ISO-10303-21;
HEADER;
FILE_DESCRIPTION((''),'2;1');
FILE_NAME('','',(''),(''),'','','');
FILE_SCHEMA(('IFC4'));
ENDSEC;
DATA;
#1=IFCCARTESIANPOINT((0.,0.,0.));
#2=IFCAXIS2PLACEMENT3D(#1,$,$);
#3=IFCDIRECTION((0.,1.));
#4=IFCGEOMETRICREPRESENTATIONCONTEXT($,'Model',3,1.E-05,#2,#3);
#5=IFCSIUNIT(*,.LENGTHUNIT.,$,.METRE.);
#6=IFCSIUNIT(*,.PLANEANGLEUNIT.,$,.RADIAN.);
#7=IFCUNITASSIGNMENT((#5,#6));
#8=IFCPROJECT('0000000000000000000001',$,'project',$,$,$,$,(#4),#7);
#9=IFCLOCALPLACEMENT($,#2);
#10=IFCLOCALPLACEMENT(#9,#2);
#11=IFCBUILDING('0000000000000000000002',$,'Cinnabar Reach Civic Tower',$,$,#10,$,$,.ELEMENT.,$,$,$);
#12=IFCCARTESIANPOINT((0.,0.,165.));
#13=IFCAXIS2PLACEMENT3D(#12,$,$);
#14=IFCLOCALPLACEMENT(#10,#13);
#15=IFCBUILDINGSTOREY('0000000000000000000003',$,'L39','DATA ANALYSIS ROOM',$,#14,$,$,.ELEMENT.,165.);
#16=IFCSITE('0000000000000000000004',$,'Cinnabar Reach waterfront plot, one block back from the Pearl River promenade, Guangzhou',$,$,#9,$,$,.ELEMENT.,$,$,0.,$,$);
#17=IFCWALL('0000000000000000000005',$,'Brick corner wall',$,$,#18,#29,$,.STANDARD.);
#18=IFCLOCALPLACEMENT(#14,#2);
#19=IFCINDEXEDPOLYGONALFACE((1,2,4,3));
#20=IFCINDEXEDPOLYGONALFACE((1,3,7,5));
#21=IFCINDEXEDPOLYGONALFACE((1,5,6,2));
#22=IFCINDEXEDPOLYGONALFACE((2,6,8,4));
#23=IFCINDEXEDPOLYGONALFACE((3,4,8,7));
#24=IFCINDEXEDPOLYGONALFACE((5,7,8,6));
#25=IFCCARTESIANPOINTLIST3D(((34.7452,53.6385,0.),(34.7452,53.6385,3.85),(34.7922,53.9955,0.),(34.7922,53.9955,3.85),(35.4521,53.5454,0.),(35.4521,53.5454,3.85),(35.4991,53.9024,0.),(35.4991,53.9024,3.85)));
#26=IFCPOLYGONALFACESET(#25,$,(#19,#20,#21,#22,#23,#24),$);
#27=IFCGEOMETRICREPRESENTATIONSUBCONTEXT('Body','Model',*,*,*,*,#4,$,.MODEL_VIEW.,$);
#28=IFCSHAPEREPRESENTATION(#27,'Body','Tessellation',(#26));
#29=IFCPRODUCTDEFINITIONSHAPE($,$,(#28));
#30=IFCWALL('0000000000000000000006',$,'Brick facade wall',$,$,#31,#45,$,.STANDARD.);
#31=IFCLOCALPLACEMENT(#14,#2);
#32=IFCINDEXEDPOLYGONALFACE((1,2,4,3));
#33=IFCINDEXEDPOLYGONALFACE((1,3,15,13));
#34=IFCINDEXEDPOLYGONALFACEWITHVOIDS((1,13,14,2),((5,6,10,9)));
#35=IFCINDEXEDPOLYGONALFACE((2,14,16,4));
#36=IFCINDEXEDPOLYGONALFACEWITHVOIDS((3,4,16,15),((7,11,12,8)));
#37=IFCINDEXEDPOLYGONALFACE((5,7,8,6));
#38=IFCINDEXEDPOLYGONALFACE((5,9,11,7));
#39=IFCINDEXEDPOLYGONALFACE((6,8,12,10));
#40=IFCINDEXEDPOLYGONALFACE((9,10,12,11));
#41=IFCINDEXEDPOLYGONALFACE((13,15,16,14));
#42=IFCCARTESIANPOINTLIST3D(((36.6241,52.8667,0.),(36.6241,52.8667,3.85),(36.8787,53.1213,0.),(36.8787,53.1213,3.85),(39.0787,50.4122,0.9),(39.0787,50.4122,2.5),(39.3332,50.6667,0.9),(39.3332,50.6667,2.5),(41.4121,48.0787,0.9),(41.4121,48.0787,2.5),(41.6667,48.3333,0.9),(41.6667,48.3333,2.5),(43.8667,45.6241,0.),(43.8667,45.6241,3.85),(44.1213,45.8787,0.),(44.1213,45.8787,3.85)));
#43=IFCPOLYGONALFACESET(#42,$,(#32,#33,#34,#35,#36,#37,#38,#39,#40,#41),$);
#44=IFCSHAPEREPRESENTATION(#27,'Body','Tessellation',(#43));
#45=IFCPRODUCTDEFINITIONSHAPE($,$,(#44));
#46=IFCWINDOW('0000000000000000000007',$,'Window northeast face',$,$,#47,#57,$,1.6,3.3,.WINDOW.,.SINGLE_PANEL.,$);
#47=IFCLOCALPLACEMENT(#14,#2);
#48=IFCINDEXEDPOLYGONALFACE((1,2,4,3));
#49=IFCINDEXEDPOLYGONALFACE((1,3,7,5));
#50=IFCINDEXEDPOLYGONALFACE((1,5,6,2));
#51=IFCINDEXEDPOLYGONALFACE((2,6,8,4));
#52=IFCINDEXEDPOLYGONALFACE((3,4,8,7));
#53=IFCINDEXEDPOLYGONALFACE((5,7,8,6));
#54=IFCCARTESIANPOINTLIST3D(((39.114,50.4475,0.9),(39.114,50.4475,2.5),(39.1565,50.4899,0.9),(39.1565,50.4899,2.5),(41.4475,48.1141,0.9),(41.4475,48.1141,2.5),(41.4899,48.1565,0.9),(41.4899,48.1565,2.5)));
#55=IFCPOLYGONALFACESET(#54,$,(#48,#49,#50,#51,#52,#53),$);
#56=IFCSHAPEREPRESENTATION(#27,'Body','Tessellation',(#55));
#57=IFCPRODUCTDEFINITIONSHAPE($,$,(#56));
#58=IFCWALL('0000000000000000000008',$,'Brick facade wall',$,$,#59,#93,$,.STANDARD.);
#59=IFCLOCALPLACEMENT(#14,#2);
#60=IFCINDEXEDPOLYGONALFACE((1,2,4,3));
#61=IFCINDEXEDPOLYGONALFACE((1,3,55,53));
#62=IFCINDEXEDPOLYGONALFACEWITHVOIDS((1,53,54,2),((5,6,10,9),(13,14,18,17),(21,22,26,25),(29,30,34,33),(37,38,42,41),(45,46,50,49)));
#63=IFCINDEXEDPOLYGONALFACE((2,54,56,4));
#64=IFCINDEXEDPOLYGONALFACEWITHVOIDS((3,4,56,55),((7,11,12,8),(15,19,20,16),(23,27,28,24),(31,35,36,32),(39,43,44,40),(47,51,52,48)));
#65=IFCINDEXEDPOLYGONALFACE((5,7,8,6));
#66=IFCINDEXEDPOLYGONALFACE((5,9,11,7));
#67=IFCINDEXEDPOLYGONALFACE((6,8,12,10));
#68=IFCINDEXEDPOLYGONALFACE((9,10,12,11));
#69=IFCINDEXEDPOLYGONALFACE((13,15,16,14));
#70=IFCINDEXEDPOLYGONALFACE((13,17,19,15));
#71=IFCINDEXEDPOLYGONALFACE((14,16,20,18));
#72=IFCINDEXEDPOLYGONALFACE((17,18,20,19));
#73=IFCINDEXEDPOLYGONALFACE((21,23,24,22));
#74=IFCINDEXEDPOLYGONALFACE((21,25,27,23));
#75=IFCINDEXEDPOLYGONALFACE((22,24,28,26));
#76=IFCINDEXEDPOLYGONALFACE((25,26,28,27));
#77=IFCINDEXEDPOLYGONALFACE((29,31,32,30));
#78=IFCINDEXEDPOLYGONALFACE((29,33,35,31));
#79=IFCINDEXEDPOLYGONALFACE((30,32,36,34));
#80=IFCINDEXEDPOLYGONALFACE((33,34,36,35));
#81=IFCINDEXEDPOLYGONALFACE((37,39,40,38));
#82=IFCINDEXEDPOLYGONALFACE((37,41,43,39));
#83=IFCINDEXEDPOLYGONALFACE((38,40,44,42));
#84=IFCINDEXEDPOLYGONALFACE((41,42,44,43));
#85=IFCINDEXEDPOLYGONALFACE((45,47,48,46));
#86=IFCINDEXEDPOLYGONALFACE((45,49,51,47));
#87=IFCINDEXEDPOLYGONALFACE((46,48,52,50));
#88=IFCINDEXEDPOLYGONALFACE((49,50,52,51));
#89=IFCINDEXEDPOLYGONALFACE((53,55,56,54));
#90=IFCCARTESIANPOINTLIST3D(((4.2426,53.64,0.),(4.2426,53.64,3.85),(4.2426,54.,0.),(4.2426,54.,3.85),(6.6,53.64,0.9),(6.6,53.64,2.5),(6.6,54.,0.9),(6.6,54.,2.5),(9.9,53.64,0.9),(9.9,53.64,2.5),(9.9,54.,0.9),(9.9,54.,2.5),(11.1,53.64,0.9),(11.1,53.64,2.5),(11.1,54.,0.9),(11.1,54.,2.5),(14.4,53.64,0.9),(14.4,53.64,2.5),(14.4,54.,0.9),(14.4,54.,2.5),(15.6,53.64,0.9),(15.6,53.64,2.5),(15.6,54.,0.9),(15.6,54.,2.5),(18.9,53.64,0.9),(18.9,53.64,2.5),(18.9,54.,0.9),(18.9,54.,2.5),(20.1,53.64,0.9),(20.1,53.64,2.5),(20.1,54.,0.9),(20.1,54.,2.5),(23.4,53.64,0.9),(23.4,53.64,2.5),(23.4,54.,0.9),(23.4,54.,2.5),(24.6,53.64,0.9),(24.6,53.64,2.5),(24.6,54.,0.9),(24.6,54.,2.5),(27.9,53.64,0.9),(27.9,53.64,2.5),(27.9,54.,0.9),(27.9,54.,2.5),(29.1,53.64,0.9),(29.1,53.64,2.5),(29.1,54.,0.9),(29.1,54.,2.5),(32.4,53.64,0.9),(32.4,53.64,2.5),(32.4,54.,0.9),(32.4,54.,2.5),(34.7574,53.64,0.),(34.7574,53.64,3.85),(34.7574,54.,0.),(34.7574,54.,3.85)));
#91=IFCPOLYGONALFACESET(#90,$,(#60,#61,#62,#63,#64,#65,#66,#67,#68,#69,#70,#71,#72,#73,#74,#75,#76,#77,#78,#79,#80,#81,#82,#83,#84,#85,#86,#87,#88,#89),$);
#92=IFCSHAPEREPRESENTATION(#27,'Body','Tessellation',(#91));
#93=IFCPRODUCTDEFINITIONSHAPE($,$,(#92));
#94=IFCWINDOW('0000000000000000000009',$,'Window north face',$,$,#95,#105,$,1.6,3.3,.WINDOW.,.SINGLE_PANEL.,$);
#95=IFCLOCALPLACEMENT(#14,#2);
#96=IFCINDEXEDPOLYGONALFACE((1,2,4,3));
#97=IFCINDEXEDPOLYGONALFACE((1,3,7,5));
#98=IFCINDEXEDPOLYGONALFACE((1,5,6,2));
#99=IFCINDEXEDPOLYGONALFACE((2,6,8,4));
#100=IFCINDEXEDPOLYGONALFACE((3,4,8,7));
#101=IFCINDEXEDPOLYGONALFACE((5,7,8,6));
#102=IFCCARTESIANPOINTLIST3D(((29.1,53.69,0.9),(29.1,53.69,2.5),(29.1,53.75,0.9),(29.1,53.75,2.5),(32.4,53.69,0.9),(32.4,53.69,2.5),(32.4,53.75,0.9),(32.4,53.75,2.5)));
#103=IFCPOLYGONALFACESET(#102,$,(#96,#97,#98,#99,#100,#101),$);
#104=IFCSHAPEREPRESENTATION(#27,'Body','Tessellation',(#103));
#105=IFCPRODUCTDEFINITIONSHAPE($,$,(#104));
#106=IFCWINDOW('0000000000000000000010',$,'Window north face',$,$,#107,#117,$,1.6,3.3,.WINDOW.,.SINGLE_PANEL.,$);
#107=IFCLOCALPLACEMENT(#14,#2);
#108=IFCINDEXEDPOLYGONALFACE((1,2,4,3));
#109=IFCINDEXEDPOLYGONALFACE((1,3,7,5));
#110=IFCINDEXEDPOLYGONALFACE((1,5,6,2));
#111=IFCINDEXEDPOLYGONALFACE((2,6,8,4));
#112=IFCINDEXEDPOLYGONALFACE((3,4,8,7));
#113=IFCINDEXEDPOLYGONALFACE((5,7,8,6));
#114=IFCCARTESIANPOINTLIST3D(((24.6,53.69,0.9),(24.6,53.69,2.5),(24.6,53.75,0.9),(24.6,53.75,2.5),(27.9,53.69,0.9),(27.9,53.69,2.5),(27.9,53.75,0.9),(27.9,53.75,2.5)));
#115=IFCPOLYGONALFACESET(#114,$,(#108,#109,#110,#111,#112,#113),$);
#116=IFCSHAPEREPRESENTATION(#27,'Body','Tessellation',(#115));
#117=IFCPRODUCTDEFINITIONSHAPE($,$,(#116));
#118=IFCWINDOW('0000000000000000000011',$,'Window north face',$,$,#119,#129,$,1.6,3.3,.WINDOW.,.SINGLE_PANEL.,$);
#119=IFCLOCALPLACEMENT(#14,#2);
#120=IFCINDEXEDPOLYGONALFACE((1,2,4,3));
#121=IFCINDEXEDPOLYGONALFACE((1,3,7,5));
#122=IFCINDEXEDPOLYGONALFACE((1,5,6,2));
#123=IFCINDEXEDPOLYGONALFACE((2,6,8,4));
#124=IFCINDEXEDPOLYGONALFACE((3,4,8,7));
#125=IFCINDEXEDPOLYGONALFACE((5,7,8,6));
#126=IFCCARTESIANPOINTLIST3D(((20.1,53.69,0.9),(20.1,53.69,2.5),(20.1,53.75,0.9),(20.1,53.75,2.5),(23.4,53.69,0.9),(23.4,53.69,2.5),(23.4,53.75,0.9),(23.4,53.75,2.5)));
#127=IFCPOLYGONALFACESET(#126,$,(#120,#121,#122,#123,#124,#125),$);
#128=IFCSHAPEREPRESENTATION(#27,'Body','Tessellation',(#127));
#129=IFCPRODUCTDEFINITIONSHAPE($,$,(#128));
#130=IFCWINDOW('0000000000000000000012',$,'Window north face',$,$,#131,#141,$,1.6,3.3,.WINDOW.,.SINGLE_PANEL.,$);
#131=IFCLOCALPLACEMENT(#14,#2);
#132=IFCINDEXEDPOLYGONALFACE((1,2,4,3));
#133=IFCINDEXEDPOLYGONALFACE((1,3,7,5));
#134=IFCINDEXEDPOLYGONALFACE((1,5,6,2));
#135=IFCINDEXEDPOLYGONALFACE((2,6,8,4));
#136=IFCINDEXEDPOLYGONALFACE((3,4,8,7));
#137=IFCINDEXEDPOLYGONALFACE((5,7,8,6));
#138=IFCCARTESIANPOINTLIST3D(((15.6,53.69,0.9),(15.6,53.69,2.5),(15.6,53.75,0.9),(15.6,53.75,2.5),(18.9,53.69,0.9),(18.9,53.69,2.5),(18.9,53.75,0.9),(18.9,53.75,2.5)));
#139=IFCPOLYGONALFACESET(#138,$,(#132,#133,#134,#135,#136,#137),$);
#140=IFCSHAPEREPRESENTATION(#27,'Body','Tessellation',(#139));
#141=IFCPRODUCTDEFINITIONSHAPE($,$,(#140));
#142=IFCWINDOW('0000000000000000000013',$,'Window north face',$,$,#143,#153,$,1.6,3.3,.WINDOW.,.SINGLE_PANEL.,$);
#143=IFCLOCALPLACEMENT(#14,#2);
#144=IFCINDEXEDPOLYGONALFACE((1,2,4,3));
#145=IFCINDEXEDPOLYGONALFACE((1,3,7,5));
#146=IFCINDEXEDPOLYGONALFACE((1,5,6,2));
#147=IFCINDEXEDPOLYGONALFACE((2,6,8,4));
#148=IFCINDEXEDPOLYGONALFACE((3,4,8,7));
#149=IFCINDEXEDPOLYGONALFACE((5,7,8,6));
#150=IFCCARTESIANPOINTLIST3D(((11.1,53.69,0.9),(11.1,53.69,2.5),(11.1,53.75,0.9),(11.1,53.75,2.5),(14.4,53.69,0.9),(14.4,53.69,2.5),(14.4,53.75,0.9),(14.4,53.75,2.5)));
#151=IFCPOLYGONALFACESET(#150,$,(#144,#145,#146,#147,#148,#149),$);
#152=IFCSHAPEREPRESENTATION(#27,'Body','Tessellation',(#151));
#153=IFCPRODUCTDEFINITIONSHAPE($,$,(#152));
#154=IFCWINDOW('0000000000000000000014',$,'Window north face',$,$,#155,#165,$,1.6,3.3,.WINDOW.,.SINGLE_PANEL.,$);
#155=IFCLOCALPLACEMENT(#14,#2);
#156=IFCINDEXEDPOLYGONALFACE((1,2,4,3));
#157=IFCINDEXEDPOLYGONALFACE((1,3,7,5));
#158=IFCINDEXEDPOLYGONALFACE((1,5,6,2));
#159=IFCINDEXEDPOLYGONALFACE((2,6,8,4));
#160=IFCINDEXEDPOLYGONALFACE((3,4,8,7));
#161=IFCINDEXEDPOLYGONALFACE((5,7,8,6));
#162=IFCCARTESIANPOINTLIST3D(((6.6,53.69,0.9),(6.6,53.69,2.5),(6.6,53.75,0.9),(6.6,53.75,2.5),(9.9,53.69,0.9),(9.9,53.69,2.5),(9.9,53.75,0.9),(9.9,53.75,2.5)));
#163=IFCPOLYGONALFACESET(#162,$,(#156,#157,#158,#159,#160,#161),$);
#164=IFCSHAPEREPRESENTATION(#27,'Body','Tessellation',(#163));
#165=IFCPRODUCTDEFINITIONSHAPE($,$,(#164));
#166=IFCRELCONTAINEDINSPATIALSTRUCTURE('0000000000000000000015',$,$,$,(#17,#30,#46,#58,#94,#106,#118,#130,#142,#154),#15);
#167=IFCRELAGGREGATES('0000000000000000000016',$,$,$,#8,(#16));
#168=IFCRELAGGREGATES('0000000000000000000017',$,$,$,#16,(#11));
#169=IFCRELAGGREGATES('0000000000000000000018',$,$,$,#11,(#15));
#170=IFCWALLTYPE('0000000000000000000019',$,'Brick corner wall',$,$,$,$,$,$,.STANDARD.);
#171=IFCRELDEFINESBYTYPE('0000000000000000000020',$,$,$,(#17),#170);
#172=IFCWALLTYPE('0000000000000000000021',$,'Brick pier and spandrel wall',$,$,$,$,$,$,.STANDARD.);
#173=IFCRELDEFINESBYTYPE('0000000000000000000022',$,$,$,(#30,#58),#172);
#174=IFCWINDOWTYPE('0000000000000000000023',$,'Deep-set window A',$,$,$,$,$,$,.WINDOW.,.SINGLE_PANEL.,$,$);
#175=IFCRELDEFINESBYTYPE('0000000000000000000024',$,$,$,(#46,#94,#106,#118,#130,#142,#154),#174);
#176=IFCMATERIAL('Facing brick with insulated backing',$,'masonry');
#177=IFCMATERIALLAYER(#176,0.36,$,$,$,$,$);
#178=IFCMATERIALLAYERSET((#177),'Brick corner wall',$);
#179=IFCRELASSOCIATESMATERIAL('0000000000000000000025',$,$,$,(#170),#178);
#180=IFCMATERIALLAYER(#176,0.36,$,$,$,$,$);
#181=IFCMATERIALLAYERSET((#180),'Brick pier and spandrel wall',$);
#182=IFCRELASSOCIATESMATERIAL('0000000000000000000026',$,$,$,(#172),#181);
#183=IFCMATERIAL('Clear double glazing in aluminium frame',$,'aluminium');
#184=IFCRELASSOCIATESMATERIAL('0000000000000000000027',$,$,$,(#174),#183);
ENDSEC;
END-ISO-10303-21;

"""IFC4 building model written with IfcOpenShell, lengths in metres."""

from ifc_helpers import new_model, si_unit, direction, frame, frame_2d, origin, place, context, subcontext, project, spatial, rectangle, extrude, material, layer, layer_set, type_object, element, fill, save


model = new_model("IFC4")

# Units and contexts
model_context = context("Model", 3, precision=1e-05, world=origin(), true_north=direction((0.0, 1.0)))
body_context = subcontext(model_context, "Body", "Model", "MODEL_VIEW")
ifc_project = project(units=[si_unit("LENGTHUNIT", "METRE"), si_unit("PLANEANGLEUNIT", "RADIAN")], contexts=[model_context])

# Site, building, storey
site_placement = place(None, origin())
site = spatial("IfcSite", under=ifc_project, at=site_placement, Name="Cinnabar Reach waterfront plot, one block back from the Pearl River promenade, Guangzhou", CompositionType="ELEMENT", RefElevation=0.0)
building_placement = place(site_placement, origin())
building = spatial("IfcBuilding", under=site, at=building_placement, Name="Cinnabar Reach Civic Tower", CompositionType="ELEMENT")
storey_placement = place(building_placement, frame((0.0, 0.0, 165.0)))
storey = spatial("IfcBuildingStorey", under=building, at=storey_placement, Name="L39", Description="DATA ANALYSIS ROOM", CompositionType="ELEMENT", Elevation=165.0)

# Wall
ifc_material_1 = material(Name="Facing brick with insulated backing", Category="masonry")
ifc_layer_1 = layer(ifc_material_1, 0.36)
ifc_layer_set_1 = layer_set([ifc_layer_1], Name="Brick corner wall")
wall_type_1 = type_object("IfcWallType", Name="Brick corner wall", PredefinedType="STANDARD", material=ifc_layer_set_1)
for number, where, z_axis, x_axis, name in (
    (1, (35.4756, 53.7239, 0.0), (0.0, 0.0, 1.0), (-0.991441, 0.130556, 0.0), "Brick corner wall"),
):
    element("IfcWall", number, at=place(storey_placement, frame(where, z_axis=z_axis, x_axis=x_axis)), inside=storey, type_object=wall_type_1, Name=name, PredefinedType="STANDARD", context=body_context, shape_type="SweptSolid", body=[
        extrude(rectangle(XDim=0.7131, YDim=0.36, at=frame_2d((0.3565, 0.0))), origin(), (0.0, 0.0, 1.0), 3.85),
    ])

# Wall, opening, window
ifc_layer_2 = layer(ifc_material_1, 0.36)
ifc_layer_set_2 = layer_set([ifc_layer_2], Name="Brick pier and spandrel wall")
wall_type_2 = type_object("IfcWallType", Name="Brick pier and spandrel wall", PredefinedType="STANDARD", material=ifc_layer_set_2)
wall_1_placement = place(storey_placement, frame((43.994, 45.7514, 0.0), z_axis=(0.0, 0.0, 1.0), x_axis=(-0.707107, 0.707107, 0.0)))
wall_1 = element("IfcWall", 2, at=wall_1_placement, inside=storey, type_object=wall_type_2, Name="Brick facade wall", PredefinedType="STANDARD", context=body_context, shape_type="SweptSolid", body=[
    extrude(rectangle(XDim=10.2426, YDim=0.36, at=frame_2d((5.1213, 0.0))), origin(), (0.0, 0.0, 1.0), 3.85),
])
opening_1_placement = place(wall_1_placement, frame((3.4713, 0.0, 0.9)))
opening_1 = element("IfcOpeningElement", 3, at=opening_1_placement, cuts=wall_1, PredefinedType="OPENING", context=body_context, shape_type="SweptSolid", body=[
    extrude(rectangle(XDim=3.3, YDim=1.6, at=frame_2d((1.65, 0.8))), frame((0.0, 0.19, 0.0), z_axis=(0.0, -1.0, 0.0), x_axis=(1.0, 0.0, 0.0)), (0.0, 0.0, 1.0), 0.38),
])
ifc_material_2 = material(Name="Clear double glazing in aluminium frame", Category="aluminium")
window_type = type_object("IfcWindowType", Name="Deep-set window A", PartitioningType="SINGLE_PANEL", PredefinedType="WINDOW", material=ifc_material_2)
window_1_placement = place(opening_1_placement, origin())
window_1 = element("IfcWindow", 4, at=window_1_placement, inside=storey, type_object=window_type, Name="Window northeast face", OverallHeight=1.6, OverallWidth=3.3, PartitioningType="SINGLE_PANEL", PredefinedType="WINDOW", context=body_context, shape_type="SweptSolid", body=[
    extrude(rectangle(XDim=3.3, YDim=1.6, at=frame_2d((1.65, 0.8))), frame((0.0, 0.13, 0.0), z_axis=(0.0, -1.0, 0.0), x_axis=(1.0, 0.0, 0.0)), (0.0, 0.0, 1.0), 0.06),
])
fill(opening_1, window_1)

# Wall, openings, windows
wall_2_placement = place(storey_placement, frame((34.7574, 53.82, 0.0), z_axis=(0.0, 0.0, 1.0), x_axis=(-1.0, 0.0, 0.0)))
wall_2 = element("IfcWall", 5, at=wall_2_placement, inside=storey, type_object=wall_type_2, Name="Brick facade wall", PredefinedType="STANDARD", context=body_context, shape_type="SweptSolid", body=[
    extrude(rectangle(XDim=30.5148, YDim=0.36, at=frame_2d((15.2574, 0.0))), origin(), (0.0, 0.0, 1.0), 3.85),
])
opening_2_placement = place(wall_2_placement, frame((2.3574, 0.0, 0.9)))
opening_2 = element("IfcOpeningElement", 6, at=opening_2_placement, cuts=wall_2, PredefinedType="OPENING", context=body_context, shape_type="SweptSolid", body=[
    extrude(rectangle(XDim=3.3, YDim=1.6, at=frame_2d((1.65, 0.8))), frame((0.0, 0.19, 0.0), z_axis=(0.0, -1.0, 0.0), x_axis=(1.0, 0.0, 0.0)), (0.0, 0.0, 1.0), 0.38),
])
opening_3_placement = place(wall_2_placement, frame((6.8574, 0.0, 0.9)))
opening_3 = element("IfcOpeningElement", 7, at=opening_3_placement, cuts=wall_2, PredefinedType="OPENING", context=body_context, shape_type="SweptSolid", body=[
    extrude(rectangle(XDim=3.3, YDim=1.6, at=frame_2d((1.65, 0.8))), frame((0.0, 0.19, 0.0), z_axis=(0.0, -1.0, 0.0), x_axis=(1.0, 0.0, 0.0)), (0.0, 0.0, 1.0), 0.38),
])
opening_4_placement = place(wall_2_placement, frame((11.3574, 0.0, 0.9)))
opening_4 = element("IfcOpeningElement", 8, at=opening_4_placement, cuts=wall_2, PredefinedType="OPENING", context=body_context, shape_type="SweptSolid", body=[
    extrude(rectangle(XDim=3.3, YDim=1.6, at=frame_2d((1.65, 0.8))), frame((0.0, 0.19, 0.0), z_axis=(0.0, -1.0, 0.0), x_axis=(1.0, 0.0, 0.0)), (0.0, 0.0, 1.0), 0.38),
])
opening_5_placement = place(wall_2_placement, frame((15.8574, 0.0, 0.9)))
opening_5 = element("IfcOpeningElement", 9, at=opening_5_placement, cuts=wall_2, PredefinedType="OPENING", context=body_context, shape_type="SweptSolid", body=[
    extrude(rectangle(XDim=3.3, YDim=1.6, at=frame_2d((1.65, 0.8))), frame((0.0, 0.19, 0.0), z_axis=(0.0, -1.0, 0.0), x_axis=(1.0, 0.0, 0.0)), (0.0, 0.0, 1.0), 0.38),
])
opening_6_placement = place(wall_2_placement, frame((20.3574, 0.0, 0.9)))
opening_6 = element("IfcOpeningElement", 10, at=opening_6_placement, cuts=wall_2, PredefinedType="OPENING", context=body_context, shape_type="SweptSolid", body=[
    extrude(rectangle(XDim=3.3, YDim=1.6, at=frame_2d((1.65, 0.8))), frame((0.0, 0.19, 0.0), z_axis=(0.0, -1.0, 0.0), x_axis=(1.0, 0.0, 0.0)), (0.0, 0.0, 1.0), 0.38),
])
opening_7_placement = place(wall_2_placement, frame((24.8574, 0.0, 0.9)))
opening_7 = element("IfcOpeningElement", 11, at=opening_7_placement, cuts=wall_2, PredefinedType="OPENING", context=body_context, shape_type="SweptSolid", body=[
    extrude(rectangle(XDim=3.3, YDim=1.6, at=frame_2d((1.65, 0.8))), frame((0.0, 0.19, 0.0), z_axis=(0.0, -1.0, 0.0), x_axis=(1.0, 0.0, 0.0)), (0.0, 0.0, 1.0), 0.38),
])
window_2_placement = place(opening_2_placement, origin())
window_2 = element("IfcWindow", 12, at=window_2_placement, inside=storey, type_object=window_type, Name="Window north face", OverallHeight=1.6, OverallWidth=3.3, PartitioningType="SINGLE_PANEL", PredefinedType="WINDOW", context=body_context, shape_type="SweptSolid", body=[
    extrude(rectangle(XDim=3.3, YDim=1.6, at=frame_2d((1.65, 0.8))), frame((0.0, 0.13, 0.0), z_axis=(0.0, -1.0, 0.0), x_axis=(1.0, 0.0, 0.0)), (0.0, 0.0, 1.0), 0.06),
])
fill(opening_2, window_2)
window_3_placement = place(opening_3_placement, origin())
window_3 = element("IfcWindow", 13, at=window_3_placement, inside=storey, type_object=window_type, Name="Window north face", OverallHeight=1.6, OverallWidth=3.3, PartitioningType="SINGLE_PANEL", PredefinedType="WINDOW", context=body_context, shape_type="SweptSolid", body=[
    extrude(rectangle(XDim=3.3, YDim=1.6, at=frame_2d((1.65, 0.8))), frame((0.0, 0.13, 0.0), z_axis=(0.0, -1.0, 0.0), x_axis=(1.0, 0.0, 0.0)), (0.0, 0.0, 1.0), 0.06),
])
fill(opening_3, window_3)
window_4_placement = place(opening_4_placement, origin())
window_4 = element("IfcWindow", 14, at=window_4_placement, inside=storey, type_object=window_type, Name="Window north face", OverallHeight=1.6, OverallWidth=3.3, PartitioningType="SINGLE_PANEL", PredefinedType="WINDOW", context=body_context, shape_type="SweptSolid", body=[
    extrude(rectangle(XDim=3.3, YDim=1.6, at=frame_2d((1.65, 0.8))), frame((0.0, 0.13, 0.0), z_axis=(0.0, -1.0, 0.0), x_axis=(1.0, 0.0, 0.0)), (0.0, 0.0, 1.0), 0.06),
])
fill(opening_4, window_4)
window_5_placement = place(opening_5_placement, origin())
window_5 = element("IfcWindow", 15, at=window_5_placement, inside=storey, type_object=window_type, Name="Window north face", OverallHeight=1.6, OverallWidth=3.3, PartitioningType="SINGLE_PANEL", PredefinedType="WINDOW", context=body_context, shape_type="SweptSolid", body=[
    extrude(rectangle(XDim=3.3, YDim=1.6, at=frame_2d((1.65, 0.8))), frame((0.0, 0.13, 0.0), z_axis=(0.0, -1.0, 0.0), x_axis=(1.0, 0.0, 0.0)), (0.0, 0.0, 1.0), 0.06),
])
fill(opening_5, window_5)
window_6_placement = place(opening_6_placement, origin())
window_6 = element("IfcWindow", 16, at=window_6_placement, inside=storey, type_object=window_type, Name="Window north face", OverallHeight=1.6, OverallWidth=3.3, PartitioningType="SINGLE_PANEL", PredefinedType="WINDOW", context=body_context, shape_type="SweptSolid", body=[
    extrude(rectangle(XDim=3.3, YDim=1.6, at=frame_2d((1.65, 0.8))), frame((0.0, 0.13, 0.0), z_axis=(0.0, -1.0, 0.0), x_axis=(1.0, 0.0, 0.0)), (0.0, 0.0, 1.0), 0.06),
])
fill(opening_6, window_6)
window_7_placement = place(opening_7_placement, origin())
window_7 = element("IfcWindow", 17, at=window_7_placement, inside=storey, type_object=window_type, Name="Window north face", OverallHeight=1.6, OverallWidth=3.3, PartitioningType="SINGLE_PANEL", PredefinedType="WINDOW", context=body_context, shape_type="SweptSolid", body=[
    extrude(rectangle(XDim=3.3, YDim=1.6, at=frame_2d((1.65, 0.8))), frame((0.0, 0.13, 0.0), z_axis=(0.0, -1.0, 0.0), x_axis=(1.0, 0.0, 0.0)), (0.0, 0.0, 1.0), 0.06),
])
fill(opening_7, window_7)

save(model, "model.ifc")
